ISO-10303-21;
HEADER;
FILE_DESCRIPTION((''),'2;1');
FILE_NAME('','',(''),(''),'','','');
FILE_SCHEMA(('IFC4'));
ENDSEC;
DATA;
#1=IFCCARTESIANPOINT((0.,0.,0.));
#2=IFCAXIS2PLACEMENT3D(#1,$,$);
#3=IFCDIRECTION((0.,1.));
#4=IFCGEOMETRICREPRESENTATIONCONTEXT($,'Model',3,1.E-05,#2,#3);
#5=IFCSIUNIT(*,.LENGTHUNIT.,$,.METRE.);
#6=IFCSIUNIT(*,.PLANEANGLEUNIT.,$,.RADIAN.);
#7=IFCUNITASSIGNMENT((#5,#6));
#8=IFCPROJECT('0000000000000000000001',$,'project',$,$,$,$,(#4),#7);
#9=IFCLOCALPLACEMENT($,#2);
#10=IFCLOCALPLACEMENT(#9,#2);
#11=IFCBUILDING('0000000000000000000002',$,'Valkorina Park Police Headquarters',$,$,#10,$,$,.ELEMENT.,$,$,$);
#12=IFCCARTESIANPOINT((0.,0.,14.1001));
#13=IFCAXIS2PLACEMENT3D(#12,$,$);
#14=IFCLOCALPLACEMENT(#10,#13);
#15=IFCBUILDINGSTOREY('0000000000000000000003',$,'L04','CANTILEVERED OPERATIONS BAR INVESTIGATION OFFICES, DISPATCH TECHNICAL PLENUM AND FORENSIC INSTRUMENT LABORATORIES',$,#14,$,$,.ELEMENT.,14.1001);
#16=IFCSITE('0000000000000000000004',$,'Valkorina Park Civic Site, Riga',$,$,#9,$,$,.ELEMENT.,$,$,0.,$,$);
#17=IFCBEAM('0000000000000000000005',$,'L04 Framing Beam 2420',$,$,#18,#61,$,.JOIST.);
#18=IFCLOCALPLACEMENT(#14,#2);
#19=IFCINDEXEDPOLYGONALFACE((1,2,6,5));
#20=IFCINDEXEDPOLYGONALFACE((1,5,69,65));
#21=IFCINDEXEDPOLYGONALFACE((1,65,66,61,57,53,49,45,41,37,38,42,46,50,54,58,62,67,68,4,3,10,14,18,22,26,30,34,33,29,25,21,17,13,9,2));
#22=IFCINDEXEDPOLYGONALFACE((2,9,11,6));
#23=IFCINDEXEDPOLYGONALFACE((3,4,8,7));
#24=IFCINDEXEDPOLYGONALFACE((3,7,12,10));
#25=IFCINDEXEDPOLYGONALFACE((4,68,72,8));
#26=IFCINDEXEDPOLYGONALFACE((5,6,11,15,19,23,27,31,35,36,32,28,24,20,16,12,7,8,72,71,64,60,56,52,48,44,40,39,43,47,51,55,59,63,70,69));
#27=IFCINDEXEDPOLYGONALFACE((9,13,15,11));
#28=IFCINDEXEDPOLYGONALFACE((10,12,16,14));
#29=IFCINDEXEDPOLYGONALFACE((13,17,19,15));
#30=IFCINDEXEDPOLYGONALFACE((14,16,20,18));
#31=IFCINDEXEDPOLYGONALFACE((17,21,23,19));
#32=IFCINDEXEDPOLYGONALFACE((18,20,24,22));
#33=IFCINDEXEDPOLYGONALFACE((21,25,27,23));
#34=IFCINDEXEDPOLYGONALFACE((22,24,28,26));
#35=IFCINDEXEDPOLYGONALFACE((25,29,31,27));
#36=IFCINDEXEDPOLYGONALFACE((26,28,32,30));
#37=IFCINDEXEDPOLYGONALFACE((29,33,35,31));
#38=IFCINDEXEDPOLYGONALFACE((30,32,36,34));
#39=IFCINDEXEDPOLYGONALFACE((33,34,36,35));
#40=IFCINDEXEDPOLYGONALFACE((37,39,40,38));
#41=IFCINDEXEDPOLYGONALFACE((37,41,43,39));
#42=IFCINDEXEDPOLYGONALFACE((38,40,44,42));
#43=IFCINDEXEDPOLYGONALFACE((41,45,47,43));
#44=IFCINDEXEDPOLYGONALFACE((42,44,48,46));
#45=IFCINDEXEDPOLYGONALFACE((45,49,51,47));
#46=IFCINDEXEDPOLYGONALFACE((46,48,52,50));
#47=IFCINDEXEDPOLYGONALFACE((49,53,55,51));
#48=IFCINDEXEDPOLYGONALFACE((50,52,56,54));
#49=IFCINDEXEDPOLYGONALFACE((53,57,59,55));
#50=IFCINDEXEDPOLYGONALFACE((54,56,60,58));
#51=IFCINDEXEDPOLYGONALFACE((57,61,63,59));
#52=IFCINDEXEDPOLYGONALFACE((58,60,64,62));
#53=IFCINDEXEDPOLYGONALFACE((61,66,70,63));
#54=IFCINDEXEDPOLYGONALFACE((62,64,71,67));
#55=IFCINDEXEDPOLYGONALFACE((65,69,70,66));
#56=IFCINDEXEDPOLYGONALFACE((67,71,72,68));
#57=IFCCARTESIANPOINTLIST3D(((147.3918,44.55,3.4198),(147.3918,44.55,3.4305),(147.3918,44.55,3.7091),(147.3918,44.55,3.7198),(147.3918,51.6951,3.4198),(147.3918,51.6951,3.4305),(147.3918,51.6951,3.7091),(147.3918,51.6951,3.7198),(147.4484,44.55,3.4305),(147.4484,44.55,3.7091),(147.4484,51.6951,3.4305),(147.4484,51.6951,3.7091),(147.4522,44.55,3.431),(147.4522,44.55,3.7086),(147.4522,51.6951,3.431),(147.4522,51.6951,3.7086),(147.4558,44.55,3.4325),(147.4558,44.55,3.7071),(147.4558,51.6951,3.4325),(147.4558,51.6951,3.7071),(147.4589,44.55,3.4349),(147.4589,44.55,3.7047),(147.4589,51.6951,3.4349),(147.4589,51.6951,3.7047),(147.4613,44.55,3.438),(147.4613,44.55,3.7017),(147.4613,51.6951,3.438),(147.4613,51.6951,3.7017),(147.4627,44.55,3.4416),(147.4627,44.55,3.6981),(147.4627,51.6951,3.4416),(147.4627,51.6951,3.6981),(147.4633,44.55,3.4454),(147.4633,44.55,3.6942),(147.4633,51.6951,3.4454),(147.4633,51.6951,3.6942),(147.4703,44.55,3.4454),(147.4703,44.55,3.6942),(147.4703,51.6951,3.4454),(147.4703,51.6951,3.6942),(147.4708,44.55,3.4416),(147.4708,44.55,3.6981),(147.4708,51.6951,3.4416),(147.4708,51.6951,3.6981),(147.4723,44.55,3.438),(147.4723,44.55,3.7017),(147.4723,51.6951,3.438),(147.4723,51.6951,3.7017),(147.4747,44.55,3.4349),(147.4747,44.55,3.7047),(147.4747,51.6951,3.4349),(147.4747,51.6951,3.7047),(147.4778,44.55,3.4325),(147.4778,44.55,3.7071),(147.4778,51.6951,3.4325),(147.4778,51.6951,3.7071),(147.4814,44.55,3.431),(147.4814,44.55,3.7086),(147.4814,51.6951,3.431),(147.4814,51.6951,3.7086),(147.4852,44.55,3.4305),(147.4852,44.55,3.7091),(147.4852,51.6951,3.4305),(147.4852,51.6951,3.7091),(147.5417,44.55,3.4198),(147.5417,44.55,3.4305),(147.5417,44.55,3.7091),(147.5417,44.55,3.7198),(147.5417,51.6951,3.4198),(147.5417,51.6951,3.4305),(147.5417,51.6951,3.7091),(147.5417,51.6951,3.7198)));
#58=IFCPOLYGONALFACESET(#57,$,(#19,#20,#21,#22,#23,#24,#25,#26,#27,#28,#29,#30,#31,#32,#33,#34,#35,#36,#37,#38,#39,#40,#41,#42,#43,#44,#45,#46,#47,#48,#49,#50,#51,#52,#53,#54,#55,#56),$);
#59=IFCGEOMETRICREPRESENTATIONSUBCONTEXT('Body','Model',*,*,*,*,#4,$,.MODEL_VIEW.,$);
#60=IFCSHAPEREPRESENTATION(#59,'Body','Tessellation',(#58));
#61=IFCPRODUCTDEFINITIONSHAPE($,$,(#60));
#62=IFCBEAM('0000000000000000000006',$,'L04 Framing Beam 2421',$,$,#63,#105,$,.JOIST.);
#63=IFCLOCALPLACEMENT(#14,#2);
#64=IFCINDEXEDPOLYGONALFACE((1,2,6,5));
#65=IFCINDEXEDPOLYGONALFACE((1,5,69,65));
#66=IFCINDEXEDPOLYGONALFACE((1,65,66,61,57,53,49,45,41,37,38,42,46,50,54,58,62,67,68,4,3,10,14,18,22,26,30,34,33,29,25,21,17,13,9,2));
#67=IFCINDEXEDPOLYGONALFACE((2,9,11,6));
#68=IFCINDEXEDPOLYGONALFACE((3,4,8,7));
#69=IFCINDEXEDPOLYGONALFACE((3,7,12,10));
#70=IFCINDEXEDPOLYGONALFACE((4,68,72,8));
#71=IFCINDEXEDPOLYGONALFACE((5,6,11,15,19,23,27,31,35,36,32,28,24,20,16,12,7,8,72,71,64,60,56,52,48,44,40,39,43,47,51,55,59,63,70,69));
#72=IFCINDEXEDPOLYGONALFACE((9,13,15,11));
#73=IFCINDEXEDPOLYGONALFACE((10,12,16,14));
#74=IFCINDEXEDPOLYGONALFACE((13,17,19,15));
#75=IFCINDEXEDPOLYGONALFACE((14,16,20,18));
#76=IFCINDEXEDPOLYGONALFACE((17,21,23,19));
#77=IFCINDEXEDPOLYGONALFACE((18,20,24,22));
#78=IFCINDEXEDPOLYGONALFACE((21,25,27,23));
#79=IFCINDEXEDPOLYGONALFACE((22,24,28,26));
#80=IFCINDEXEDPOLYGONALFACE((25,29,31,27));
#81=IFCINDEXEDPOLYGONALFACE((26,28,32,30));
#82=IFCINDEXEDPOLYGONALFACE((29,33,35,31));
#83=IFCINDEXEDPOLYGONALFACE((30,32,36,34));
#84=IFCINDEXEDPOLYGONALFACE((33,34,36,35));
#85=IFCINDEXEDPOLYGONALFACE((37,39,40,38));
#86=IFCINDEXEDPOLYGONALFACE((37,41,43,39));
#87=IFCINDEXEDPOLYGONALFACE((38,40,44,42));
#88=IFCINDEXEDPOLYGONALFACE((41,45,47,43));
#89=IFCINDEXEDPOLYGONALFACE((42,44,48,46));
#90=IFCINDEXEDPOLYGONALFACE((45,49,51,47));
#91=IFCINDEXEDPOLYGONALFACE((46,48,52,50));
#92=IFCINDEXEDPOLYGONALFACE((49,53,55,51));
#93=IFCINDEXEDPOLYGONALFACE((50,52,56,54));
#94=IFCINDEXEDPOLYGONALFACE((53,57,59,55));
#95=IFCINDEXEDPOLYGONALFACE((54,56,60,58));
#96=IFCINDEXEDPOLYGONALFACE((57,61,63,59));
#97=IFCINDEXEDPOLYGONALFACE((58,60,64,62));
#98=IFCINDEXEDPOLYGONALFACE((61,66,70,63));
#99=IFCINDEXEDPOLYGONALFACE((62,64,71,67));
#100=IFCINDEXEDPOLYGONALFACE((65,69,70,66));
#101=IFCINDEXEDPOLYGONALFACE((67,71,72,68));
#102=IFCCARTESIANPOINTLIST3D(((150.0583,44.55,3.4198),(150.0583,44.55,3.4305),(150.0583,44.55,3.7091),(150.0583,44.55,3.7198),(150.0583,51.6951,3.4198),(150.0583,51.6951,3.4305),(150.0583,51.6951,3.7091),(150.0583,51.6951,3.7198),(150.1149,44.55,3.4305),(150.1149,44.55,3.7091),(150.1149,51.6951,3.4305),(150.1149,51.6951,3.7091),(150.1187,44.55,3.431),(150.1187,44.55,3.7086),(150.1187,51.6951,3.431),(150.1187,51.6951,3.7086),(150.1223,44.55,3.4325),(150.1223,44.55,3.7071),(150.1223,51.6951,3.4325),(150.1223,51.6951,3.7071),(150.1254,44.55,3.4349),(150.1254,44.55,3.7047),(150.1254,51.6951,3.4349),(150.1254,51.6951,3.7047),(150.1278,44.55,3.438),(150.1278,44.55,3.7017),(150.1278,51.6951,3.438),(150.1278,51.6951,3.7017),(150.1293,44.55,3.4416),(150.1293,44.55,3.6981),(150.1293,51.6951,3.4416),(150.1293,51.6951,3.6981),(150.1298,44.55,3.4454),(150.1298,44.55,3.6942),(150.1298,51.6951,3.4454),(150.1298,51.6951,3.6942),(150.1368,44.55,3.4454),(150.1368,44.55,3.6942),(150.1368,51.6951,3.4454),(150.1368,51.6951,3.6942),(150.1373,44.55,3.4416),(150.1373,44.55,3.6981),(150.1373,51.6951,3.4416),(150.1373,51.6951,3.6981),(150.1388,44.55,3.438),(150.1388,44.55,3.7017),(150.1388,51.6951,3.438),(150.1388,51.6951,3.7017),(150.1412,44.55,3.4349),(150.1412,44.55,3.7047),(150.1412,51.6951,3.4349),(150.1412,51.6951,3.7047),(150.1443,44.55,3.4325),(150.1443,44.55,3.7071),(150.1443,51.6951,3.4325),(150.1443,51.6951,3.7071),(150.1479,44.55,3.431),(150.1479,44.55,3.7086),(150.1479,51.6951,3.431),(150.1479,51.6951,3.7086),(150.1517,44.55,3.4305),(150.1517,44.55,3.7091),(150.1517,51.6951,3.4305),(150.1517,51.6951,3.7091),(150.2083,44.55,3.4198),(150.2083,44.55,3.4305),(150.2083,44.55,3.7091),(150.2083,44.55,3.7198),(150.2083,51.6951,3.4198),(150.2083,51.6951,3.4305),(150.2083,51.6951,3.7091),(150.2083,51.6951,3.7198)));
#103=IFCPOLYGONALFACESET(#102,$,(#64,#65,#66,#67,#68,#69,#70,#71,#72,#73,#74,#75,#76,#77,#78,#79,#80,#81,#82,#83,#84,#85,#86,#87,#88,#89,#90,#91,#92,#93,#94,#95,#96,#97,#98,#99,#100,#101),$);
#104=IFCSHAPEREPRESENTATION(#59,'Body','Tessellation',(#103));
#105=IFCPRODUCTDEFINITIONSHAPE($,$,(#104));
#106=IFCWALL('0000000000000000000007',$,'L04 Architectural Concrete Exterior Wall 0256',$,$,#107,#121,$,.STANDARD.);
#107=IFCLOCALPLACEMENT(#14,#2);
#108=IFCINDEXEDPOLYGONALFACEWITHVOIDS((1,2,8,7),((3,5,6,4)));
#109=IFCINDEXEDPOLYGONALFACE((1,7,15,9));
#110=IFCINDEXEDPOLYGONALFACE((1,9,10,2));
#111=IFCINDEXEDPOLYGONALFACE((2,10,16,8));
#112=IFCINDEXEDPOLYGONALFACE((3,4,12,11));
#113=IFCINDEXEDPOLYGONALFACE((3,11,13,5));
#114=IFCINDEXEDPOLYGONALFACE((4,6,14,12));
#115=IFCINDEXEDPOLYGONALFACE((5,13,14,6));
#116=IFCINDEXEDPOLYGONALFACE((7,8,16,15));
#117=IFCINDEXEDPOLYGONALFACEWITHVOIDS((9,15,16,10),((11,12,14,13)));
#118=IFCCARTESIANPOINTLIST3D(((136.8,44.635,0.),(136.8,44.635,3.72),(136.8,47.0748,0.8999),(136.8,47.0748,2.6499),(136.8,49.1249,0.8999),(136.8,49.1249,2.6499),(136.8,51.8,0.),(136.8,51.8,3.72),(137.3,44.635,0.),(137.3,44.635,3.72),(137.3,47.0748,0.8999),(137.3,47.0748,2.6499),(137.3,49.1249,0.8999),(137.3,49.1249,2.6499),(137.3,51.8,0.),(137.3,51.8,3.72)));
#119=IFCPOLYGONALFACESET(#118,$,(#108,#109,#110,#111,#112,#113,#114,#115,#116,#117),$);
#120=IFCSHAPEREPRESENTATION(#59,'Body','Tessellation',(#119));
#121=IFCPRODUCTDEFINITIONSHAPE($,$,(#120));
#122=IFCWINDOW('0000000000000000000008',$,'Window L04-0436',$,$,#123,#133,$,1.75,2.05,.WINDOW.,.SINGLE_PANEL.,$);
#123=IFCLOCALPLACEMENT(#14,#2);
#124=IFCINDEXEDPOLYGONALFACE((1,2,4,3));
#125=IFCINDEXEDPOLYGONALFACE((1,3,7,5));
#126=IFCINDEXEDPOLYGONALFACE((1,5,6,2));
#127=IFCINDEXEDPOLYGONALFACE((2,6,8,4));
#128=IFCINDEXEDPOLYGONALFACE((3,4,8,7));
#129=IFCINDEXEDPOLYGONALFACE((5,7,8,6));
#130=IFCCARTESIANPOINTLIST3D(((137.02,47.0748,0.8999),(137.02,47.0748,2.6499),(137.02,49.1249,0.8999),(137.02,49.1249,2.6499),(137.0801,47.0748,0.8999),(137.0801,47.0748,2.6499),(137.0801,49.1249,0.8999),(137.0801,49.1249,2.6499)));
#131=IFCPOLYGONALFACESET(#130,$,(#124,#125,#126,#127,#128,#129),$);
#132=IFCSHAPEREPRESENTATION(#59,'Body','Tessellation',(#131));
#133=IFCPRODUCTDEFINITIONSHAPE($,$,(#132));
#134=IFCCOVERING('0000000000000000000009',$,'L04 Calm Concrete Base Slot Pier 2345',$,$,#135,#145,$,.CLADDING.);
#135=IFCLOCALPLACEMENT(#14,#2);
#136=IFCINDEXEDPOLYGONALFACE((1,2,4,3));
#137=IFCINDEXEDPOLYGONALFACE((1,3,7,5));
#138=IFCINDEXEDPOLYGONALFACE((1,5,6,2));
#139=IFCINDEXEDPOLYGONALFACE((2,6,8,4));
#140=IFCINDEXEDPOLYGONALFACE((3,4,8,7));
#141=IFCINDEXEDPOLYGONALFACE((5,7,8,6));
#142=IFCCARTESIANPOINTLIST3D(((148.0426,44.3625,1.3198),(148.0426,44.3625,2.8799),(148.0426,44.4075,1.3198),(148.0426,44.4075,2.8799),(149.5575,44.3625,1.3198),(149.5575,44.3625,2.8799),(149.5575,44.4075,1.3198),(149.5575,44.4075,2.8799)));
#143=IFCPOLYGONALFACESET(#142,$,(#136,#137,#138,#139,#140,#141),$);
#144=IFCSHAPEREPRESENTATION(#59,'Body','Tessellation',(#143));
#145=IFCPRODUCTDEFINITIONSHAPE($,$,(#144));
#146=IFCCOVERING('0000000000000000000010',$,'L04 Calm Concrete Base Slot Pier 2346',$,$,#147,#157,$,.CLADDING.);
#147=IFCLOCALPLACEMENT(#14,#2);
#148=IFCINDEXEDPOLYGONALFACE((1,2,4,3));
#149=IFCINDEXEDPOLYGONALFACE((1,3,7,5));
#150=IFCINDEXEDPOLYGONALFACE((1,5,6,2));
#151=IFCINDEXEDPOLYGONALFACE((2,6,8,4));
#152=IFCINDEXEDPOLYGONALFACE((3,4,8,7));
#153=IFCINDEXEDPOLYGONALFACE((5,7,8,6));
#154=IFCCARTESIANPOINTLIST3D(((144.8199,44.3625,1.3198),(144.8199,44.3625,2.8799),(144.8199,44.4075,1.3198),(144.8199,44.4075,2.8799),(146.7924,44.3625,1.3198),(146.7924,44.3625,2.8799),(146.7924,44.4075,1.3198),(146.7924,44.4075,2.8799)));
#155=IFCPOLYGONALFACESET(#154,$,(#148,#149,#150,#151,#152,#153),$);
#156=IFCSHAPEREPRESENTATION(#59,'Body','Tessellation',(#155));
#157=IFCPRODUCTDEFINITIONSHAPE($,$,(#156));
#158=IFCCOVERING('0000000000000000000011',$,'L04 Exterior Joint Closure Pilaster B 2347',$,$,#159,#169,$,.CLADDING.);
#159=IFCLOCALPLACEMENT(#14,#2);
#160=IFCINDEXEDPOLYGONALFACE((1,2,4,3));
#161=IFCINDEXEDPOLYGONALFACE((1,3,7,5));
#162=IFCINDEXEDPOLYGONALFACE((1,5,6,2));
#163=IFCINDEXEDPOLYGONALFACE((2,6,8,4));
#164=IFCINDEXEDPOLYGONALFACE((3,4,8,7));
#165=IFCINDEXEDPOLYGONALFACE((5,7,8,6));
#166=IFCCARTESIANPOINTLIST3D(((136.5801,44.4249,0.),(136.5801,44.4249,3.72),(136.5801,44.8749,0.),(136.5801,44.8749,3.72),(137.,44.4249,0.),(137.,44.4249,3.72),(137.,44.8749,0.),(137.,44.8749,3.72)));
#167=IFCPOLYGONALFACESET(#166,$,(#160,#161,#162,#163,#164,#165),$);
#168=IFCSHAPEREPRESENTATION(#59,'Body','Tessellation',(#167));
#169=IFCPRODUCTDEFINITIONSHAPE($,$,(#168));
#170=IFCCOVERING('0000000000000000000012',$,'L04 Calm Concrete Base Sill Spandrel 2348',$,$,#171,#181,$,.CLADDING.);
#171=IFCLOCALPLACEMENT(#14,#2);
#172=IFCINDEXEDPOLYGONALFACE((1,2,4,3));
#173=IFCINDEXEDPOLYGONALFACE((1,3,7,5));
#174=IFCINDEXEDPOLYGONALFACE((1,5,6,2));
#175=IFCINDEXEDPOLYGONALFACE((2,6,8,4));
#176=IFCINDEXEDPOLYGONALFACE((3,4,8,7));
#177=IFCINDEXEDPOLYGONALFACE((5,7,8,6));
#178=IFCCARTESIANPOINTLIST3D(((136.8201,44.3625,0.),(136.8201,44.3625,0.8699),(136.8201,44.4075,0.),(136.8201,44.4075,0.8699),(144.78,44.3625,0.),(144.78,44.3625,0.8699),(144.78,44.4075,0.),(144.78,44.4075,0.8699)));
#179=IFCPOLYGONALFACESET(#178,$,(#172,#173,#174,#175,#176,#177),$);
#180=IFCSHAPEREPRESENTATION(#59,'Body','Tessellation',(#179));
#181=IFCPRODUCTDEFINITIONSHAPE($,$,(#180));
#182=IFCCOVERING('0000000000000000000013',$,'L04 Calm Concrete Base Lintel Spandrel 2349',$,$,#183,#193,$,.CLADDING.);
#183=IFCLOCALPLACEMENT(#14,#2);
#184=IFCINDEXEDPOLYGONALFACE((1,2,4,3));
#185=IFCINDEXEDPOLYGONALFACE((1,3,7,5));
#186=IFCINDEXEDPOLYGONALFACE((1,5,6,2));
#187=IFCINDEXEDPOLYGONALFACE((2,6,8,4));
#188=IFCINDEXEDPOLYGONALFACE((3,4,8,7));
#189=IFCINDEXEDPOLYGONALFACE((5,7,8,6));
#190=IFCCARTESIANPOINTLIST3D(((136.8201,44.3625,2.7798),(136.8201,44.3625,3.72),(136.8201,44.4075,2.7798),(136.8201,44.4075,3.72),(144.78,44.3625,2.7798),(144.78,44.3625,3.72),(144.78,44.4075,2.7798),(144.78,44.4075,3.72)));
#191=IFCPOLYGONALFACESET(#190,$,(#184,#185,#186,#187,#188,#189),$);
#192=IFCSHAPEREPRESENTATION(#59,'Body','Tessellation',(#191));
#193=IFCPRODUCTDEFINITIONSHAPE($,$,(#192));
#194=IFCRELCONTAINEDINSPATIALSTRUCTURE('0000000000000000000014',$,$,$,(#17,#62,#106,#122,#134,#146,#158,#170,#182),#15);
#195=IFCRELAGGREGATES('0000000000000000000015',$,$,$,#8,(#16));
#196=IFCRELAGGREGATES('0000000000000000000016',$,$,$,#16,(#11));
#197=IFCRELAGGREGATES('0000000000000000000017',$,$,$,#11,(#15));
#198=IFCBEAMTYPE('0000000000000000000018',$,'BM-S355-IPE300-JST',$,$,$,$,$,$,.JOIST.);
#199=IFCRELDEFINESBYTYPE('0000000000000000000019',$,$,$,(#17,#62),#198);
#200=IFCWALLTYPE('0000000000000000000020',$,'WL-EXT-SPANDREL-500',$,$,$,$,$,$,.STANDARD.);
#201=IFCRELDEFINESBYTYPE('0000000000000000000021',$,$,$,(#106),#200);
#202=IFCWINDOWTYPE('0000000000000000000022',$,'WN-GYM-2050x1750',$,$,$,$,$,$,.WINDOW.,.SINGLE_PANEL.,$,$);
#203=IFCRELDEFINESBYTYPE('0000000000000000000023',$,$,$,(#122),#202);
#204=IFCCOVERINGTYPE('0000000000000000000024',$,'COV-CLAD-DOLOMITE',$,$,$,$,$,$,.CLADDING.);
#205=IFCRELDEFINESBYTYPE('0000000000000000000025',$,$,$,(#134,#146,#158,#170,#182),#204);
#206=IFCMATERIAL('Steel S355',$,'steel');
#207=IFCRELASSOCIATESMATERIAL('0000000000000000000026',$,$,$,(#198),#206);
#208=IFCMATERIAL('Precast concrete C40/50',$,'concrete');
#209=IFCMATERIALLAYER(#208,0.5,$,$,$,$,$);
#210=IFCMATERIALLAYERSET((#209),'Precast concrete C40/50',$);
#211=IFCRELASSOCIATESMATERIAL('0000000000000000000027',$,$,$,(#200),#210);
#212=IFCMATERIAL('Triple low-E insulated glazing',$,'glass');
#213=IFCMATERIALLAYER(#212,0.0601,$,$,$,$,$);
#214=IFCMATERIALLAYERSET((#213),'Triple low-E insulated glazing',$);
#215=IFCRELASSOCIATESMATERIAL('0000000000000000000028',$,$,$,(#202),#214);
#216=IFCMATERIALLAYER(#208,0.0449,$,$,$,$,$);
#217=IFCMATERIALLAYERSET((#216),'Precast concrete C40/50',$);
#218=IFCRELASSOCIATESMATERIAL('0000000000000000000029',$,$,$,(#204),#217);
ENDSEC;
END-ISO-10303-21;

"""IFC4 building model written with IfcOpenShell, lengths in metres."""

from ifc_helpers import new_model, si_unit, direction, frame, frame_2d, origin, origin_2d, place, context, subcontext, project, spatial, rectangle, i_section, extrude, material, layer, layer_set, material_profile, profile_set, type_object, element, fill, save


model = new_model("IFC4")

# Units and contexts
model_context = context("Model", 3, precision=1e-05, world=origin(), true_north=direction((0.0, 1.0)))
body_context = subcontext(model_context, "Body", "Model", "MODEL_VIEW")
ifc_project = project(units=[si_unit("LENGTHUNIT", "METRE"), si_unit("PLANEANGLEUNIT", "RADIAN")], contexts=[model_context])

# Site, building, storey
site_placement = place(None, origin())
site = spatial("IfcSite", under=ifc_project, at=site_placement, Name="Valkorina Park Civic Site, Riga", CompositionType="ELEMENT", RefElevation=0.0)
building_placement = place(site_placement, origin())
building = spatial("IfcBuilding", under=site, at=building_placement, Name="Valkorina Park Police Headquarters", CompositionType="ELEMENT")
storey_placement = place(building_placement, frame((0.0, 0.0, 14.1001)))
storey = spatial("IfcBuildingStorey", under=building, at=storey_placement, Name="L04", Description="CANTILEVERED OPERATIONS BAR INVESTIGATION OFFICES, DISPATCH TECHNICAL PLENUM AND FORENSIC INSTRUMENT LABORATORIES", CompositionType="ELEMENT", Elevation=14.1001)

# Shared definitions
ifc_material_1 = material(Name="Steel S355", Category="steel")

# Beams
ifc_material_profile_1 = material_profile(ifc_material_1, i_section(OverallWidth=0.1499, OverallDepth=0.3, WebThickness=0.0071, FlangeThickness=0.0107, FilletRadius=0.0149, at=origin_2d()), Name="IPE 300")
ifc_profile_set_1 = profile_set([ifc_material_profile_1], Name="Steel S355")
beam_type_1 = type_object("IfcBeamType", Name="BM-S355-IPE300-JST", PredefinedType="JOIST", material=ifc_profile_set_1)
for number, where, z_axis, x_axis, name in (
    (1, (147.4668, 44.55, 3.5698), (0.0, 1.0, 0.0), (-1.0, 0.0, 0.0), "L04 Framing Beam 2420"),
    (2, (150.1333, 44.55, 3.5698), (0.0, 1.0, 0.0), (-1.0, 0.0, 0.0), "L04 Framing Beam 2421"),
):
    element("IfcBeam", number, at=place(storey_placement, frame(where, z_axis=z_axis, x_axis=x_axis)), inside=storey, type_object=beam_type_1, Name=name, PredefinedType="JOIST", context=body_context, shape_type="SweptSolid", body=[
        extrude(i_section(OverallWidth=0.1499, OverallDepth=0.3, WebThickness=0.0071, FlangeThickness=0.0107, FilletRadius=0.0149, at=origin_2d()), origin(), (0.0, 0.0, 1.0), 7.145),
    ])

# Wall, opening, window
ifc_material_2 = material(Name="Precast concrete C40/50", Category="concrete")
ifc_layer_1 = layer(ifc_material_2, 0.5)
ifc_layer_set_1 = layer_set([ifc_layer_1], Name="Precast concrete C40/50")
wall_type = type_object("IfcWallType", Name="WL-EXT-SPANDREL-500", PredefinedType="STANDARD", material=ifc_layer_set_1)
wall_placement = place(storey_placement, frame((137.05, 44.635, 0.0), z_axis=(0.0, 0.0, 1.0), x_axis=(0.0, 1.0, 0.0)))
wall = element("IfcWall", 3, at=wall_placement, inside=storey, type_object=wall_type, Name="L04 Architectural Concrete Exterior Wall 0256", PredefinedType="STANDARD", context=body_context, shape_type="SweptSolid", body=[
    extrude(rectangle(XDim=7.165, YDim=0.5, at=frame_2d((3.5825, 0.0))), origin(), (0.0, 0.0, 1.0), 3.72),
])
opening_placement = place(wall_placement, frame((2.4399, 0.0, 0.8999)))
opening = element("IfcOpeningElement", 4, at=opening_placement, cuts=wall, PredefinedType="OPENING", context=body_context, shape_type="SweptSolid", body=[
    extrude(rectangle(XDim=2.05, YDim=1.75, at=frame_2d((1.0249, 0.875))), frame((0.0, 0.26, 0.0), z_axis=(0.0, -1.0, 0.0), x_axis=(1.0, 0.0, 0.0)), (0.0, 0.0, 1.0), 0.52),
])
ifc_material_3 = material(Name="Triple low-E insulated glazing", Category="glass")
ifc_layer_2 = layer(ifc_material_3, 0.0601)
ifc_layer_set_2 = layer_set([ifc_layer_2], Name="Triple low-E insulated glazing")
window_type = type_object("IfcWindowType", Name="WN-GYM-2050x1750", PartitioningType="SINGLE_PANEL", PredefinedType="WINDOW", material=ifc_layer_set_2)
window_placement = place(opening_placement, origin())
window = element("IfcWindow", 5, at=window_placement, inside=storey, type_object=window_type, Name="Window L04-0436", OverallHeight=1.75, OverallWidth=2.05, PartitioningType="SINGLE_PANEL", PredefinedType="WINDOW", context=body_context, shape_type="SweptSolid", body=[
    extrude(rectangle(XDim=2.05, YDim=1.75, at=frame_2d((1.0249, 0.875))), frame((0.0, 0.03, 0.0), z_axis=(0.0, -1.0, 0.0), x_axis=(1.0, 0.0, 0.0)), (0.0, 0.0, 1.0), 0.0601),
])
fill(opening, window)

# Coverings
ifc_layer_3 = layer(ifc_material_2, 0.0449)
ifc_layer_set_3 = layer_set([ifc_layer_3], Name="Precast concrete C40/50")
covering_type = type_object("IfcCoveringType", Name="COV-CLAD-DOLOMITE", PredefinedType="CLADDING", material=ifc_layer_set_3)
covering_1_placement = place(storey_placement, frame((149.5574, 44.385, 1.3198), z_axis=(0.0, 0.0, 1.0), x_axis=(-1.0, 0.0, 0.0)))
element("IfcCovering", 6, at=covering_1_placement, inside=storey, type_object=covering_type, Name="L04 Calm Concrete Base Slot Pier 2345", PredefinedType="CLADDING", context=body_context, shape_type="SweptSolid", body=[
    extrude(rectangle(XDim=1.5149, YDim=0.0449, at=frame_2d((0.7573, 0.0))), origin(), (0.0, 0.0, 1.0), 1.5601),
])
covering_2_placement = place(storey_placement, frame((146.7925, 44.385, 1.3198), z_axis=(0.0, 0.0, 1.0), x_axis=(-1.0, 0.0, 0.0)))
element("IfcCovering", 7, at=covering_2_placement, inside=storey, type_object=covering_type, Name="L04 Calm Concrete Base Slot Pier 2346", PredefinedType="CLADDING", context=body_context, shape_type="SweptSolid", body=[
    extrude(rectangle(XDim=1.9724, YDim=0.0449, at=frame_2d((0.9863, 0.0))), origin(), (0.0, 0.0, 1.0), 1.5601),
])
covering_3_placement = place(storey_placement, frame((136.79, 44.6499, 0.0), z_axis=(0.0, 0.0, 1.0), x_axis=(1.0, 0.0, 0.0)))
element("IfcCovering", 8, at=covering_3_placement, inside=storey, type_object=covering_type, Name="L04 Exterior Joint Closure Pilaster B 2347", PredefinedType="CLADDING", context=body_context, shape_type="SweptSolid", body=[
    extrude(rectangle(XDim=0.4199, YDim=0.45, at=origin_2d()), origin(), (0.0, 0.0, 1.0), 3.72),
])
covering_4_placement = place(storey_placement, frame((144.78, 44.385, 0.0), z_axis=(0.0, 0.0, 1.0), x_axis=(-1.0, 0.0, 0.0)))
element("IfcCovering", 9, at=covering_4_placement, inside=storey, type_object=covering_type, Name="L04 Calm Concrete Base Sill Spandrel 2348", PredefinedType="CLADDING", context=body_context, shape_type="SweptSolid", body=[
    extrude(rectangle(XDim=7.96, YDim=0.0449, at=frame_2d((3.98, 0.0))), origin(), (0.0, 0.0, 1.0), 0.8699),
])
covering_5_placement = place(storey_placement, frame((144.78, 44.385, 2.7798), z_axis=(0.0, 0.0, 1.0), x_axis=(-1.0, 0.0, 0.0)))
element("IfcCovering", 10, at=covering_5_placement, inside=storey, type_object=covering_type, Name="L04 Calm Concrete Base Lintel Spandrel 2349", PredefinedType="CLADDING", context=body_context, shape_type="SweptSolid", body=[
    extrude(rectangle(XDim=7.96, YDim=0.0449, at=frame_2d((3.98, 0.0))), origin(), (0.0, 0.0, 1.0), 0.9402),
])

save(model, "model.ifc")
